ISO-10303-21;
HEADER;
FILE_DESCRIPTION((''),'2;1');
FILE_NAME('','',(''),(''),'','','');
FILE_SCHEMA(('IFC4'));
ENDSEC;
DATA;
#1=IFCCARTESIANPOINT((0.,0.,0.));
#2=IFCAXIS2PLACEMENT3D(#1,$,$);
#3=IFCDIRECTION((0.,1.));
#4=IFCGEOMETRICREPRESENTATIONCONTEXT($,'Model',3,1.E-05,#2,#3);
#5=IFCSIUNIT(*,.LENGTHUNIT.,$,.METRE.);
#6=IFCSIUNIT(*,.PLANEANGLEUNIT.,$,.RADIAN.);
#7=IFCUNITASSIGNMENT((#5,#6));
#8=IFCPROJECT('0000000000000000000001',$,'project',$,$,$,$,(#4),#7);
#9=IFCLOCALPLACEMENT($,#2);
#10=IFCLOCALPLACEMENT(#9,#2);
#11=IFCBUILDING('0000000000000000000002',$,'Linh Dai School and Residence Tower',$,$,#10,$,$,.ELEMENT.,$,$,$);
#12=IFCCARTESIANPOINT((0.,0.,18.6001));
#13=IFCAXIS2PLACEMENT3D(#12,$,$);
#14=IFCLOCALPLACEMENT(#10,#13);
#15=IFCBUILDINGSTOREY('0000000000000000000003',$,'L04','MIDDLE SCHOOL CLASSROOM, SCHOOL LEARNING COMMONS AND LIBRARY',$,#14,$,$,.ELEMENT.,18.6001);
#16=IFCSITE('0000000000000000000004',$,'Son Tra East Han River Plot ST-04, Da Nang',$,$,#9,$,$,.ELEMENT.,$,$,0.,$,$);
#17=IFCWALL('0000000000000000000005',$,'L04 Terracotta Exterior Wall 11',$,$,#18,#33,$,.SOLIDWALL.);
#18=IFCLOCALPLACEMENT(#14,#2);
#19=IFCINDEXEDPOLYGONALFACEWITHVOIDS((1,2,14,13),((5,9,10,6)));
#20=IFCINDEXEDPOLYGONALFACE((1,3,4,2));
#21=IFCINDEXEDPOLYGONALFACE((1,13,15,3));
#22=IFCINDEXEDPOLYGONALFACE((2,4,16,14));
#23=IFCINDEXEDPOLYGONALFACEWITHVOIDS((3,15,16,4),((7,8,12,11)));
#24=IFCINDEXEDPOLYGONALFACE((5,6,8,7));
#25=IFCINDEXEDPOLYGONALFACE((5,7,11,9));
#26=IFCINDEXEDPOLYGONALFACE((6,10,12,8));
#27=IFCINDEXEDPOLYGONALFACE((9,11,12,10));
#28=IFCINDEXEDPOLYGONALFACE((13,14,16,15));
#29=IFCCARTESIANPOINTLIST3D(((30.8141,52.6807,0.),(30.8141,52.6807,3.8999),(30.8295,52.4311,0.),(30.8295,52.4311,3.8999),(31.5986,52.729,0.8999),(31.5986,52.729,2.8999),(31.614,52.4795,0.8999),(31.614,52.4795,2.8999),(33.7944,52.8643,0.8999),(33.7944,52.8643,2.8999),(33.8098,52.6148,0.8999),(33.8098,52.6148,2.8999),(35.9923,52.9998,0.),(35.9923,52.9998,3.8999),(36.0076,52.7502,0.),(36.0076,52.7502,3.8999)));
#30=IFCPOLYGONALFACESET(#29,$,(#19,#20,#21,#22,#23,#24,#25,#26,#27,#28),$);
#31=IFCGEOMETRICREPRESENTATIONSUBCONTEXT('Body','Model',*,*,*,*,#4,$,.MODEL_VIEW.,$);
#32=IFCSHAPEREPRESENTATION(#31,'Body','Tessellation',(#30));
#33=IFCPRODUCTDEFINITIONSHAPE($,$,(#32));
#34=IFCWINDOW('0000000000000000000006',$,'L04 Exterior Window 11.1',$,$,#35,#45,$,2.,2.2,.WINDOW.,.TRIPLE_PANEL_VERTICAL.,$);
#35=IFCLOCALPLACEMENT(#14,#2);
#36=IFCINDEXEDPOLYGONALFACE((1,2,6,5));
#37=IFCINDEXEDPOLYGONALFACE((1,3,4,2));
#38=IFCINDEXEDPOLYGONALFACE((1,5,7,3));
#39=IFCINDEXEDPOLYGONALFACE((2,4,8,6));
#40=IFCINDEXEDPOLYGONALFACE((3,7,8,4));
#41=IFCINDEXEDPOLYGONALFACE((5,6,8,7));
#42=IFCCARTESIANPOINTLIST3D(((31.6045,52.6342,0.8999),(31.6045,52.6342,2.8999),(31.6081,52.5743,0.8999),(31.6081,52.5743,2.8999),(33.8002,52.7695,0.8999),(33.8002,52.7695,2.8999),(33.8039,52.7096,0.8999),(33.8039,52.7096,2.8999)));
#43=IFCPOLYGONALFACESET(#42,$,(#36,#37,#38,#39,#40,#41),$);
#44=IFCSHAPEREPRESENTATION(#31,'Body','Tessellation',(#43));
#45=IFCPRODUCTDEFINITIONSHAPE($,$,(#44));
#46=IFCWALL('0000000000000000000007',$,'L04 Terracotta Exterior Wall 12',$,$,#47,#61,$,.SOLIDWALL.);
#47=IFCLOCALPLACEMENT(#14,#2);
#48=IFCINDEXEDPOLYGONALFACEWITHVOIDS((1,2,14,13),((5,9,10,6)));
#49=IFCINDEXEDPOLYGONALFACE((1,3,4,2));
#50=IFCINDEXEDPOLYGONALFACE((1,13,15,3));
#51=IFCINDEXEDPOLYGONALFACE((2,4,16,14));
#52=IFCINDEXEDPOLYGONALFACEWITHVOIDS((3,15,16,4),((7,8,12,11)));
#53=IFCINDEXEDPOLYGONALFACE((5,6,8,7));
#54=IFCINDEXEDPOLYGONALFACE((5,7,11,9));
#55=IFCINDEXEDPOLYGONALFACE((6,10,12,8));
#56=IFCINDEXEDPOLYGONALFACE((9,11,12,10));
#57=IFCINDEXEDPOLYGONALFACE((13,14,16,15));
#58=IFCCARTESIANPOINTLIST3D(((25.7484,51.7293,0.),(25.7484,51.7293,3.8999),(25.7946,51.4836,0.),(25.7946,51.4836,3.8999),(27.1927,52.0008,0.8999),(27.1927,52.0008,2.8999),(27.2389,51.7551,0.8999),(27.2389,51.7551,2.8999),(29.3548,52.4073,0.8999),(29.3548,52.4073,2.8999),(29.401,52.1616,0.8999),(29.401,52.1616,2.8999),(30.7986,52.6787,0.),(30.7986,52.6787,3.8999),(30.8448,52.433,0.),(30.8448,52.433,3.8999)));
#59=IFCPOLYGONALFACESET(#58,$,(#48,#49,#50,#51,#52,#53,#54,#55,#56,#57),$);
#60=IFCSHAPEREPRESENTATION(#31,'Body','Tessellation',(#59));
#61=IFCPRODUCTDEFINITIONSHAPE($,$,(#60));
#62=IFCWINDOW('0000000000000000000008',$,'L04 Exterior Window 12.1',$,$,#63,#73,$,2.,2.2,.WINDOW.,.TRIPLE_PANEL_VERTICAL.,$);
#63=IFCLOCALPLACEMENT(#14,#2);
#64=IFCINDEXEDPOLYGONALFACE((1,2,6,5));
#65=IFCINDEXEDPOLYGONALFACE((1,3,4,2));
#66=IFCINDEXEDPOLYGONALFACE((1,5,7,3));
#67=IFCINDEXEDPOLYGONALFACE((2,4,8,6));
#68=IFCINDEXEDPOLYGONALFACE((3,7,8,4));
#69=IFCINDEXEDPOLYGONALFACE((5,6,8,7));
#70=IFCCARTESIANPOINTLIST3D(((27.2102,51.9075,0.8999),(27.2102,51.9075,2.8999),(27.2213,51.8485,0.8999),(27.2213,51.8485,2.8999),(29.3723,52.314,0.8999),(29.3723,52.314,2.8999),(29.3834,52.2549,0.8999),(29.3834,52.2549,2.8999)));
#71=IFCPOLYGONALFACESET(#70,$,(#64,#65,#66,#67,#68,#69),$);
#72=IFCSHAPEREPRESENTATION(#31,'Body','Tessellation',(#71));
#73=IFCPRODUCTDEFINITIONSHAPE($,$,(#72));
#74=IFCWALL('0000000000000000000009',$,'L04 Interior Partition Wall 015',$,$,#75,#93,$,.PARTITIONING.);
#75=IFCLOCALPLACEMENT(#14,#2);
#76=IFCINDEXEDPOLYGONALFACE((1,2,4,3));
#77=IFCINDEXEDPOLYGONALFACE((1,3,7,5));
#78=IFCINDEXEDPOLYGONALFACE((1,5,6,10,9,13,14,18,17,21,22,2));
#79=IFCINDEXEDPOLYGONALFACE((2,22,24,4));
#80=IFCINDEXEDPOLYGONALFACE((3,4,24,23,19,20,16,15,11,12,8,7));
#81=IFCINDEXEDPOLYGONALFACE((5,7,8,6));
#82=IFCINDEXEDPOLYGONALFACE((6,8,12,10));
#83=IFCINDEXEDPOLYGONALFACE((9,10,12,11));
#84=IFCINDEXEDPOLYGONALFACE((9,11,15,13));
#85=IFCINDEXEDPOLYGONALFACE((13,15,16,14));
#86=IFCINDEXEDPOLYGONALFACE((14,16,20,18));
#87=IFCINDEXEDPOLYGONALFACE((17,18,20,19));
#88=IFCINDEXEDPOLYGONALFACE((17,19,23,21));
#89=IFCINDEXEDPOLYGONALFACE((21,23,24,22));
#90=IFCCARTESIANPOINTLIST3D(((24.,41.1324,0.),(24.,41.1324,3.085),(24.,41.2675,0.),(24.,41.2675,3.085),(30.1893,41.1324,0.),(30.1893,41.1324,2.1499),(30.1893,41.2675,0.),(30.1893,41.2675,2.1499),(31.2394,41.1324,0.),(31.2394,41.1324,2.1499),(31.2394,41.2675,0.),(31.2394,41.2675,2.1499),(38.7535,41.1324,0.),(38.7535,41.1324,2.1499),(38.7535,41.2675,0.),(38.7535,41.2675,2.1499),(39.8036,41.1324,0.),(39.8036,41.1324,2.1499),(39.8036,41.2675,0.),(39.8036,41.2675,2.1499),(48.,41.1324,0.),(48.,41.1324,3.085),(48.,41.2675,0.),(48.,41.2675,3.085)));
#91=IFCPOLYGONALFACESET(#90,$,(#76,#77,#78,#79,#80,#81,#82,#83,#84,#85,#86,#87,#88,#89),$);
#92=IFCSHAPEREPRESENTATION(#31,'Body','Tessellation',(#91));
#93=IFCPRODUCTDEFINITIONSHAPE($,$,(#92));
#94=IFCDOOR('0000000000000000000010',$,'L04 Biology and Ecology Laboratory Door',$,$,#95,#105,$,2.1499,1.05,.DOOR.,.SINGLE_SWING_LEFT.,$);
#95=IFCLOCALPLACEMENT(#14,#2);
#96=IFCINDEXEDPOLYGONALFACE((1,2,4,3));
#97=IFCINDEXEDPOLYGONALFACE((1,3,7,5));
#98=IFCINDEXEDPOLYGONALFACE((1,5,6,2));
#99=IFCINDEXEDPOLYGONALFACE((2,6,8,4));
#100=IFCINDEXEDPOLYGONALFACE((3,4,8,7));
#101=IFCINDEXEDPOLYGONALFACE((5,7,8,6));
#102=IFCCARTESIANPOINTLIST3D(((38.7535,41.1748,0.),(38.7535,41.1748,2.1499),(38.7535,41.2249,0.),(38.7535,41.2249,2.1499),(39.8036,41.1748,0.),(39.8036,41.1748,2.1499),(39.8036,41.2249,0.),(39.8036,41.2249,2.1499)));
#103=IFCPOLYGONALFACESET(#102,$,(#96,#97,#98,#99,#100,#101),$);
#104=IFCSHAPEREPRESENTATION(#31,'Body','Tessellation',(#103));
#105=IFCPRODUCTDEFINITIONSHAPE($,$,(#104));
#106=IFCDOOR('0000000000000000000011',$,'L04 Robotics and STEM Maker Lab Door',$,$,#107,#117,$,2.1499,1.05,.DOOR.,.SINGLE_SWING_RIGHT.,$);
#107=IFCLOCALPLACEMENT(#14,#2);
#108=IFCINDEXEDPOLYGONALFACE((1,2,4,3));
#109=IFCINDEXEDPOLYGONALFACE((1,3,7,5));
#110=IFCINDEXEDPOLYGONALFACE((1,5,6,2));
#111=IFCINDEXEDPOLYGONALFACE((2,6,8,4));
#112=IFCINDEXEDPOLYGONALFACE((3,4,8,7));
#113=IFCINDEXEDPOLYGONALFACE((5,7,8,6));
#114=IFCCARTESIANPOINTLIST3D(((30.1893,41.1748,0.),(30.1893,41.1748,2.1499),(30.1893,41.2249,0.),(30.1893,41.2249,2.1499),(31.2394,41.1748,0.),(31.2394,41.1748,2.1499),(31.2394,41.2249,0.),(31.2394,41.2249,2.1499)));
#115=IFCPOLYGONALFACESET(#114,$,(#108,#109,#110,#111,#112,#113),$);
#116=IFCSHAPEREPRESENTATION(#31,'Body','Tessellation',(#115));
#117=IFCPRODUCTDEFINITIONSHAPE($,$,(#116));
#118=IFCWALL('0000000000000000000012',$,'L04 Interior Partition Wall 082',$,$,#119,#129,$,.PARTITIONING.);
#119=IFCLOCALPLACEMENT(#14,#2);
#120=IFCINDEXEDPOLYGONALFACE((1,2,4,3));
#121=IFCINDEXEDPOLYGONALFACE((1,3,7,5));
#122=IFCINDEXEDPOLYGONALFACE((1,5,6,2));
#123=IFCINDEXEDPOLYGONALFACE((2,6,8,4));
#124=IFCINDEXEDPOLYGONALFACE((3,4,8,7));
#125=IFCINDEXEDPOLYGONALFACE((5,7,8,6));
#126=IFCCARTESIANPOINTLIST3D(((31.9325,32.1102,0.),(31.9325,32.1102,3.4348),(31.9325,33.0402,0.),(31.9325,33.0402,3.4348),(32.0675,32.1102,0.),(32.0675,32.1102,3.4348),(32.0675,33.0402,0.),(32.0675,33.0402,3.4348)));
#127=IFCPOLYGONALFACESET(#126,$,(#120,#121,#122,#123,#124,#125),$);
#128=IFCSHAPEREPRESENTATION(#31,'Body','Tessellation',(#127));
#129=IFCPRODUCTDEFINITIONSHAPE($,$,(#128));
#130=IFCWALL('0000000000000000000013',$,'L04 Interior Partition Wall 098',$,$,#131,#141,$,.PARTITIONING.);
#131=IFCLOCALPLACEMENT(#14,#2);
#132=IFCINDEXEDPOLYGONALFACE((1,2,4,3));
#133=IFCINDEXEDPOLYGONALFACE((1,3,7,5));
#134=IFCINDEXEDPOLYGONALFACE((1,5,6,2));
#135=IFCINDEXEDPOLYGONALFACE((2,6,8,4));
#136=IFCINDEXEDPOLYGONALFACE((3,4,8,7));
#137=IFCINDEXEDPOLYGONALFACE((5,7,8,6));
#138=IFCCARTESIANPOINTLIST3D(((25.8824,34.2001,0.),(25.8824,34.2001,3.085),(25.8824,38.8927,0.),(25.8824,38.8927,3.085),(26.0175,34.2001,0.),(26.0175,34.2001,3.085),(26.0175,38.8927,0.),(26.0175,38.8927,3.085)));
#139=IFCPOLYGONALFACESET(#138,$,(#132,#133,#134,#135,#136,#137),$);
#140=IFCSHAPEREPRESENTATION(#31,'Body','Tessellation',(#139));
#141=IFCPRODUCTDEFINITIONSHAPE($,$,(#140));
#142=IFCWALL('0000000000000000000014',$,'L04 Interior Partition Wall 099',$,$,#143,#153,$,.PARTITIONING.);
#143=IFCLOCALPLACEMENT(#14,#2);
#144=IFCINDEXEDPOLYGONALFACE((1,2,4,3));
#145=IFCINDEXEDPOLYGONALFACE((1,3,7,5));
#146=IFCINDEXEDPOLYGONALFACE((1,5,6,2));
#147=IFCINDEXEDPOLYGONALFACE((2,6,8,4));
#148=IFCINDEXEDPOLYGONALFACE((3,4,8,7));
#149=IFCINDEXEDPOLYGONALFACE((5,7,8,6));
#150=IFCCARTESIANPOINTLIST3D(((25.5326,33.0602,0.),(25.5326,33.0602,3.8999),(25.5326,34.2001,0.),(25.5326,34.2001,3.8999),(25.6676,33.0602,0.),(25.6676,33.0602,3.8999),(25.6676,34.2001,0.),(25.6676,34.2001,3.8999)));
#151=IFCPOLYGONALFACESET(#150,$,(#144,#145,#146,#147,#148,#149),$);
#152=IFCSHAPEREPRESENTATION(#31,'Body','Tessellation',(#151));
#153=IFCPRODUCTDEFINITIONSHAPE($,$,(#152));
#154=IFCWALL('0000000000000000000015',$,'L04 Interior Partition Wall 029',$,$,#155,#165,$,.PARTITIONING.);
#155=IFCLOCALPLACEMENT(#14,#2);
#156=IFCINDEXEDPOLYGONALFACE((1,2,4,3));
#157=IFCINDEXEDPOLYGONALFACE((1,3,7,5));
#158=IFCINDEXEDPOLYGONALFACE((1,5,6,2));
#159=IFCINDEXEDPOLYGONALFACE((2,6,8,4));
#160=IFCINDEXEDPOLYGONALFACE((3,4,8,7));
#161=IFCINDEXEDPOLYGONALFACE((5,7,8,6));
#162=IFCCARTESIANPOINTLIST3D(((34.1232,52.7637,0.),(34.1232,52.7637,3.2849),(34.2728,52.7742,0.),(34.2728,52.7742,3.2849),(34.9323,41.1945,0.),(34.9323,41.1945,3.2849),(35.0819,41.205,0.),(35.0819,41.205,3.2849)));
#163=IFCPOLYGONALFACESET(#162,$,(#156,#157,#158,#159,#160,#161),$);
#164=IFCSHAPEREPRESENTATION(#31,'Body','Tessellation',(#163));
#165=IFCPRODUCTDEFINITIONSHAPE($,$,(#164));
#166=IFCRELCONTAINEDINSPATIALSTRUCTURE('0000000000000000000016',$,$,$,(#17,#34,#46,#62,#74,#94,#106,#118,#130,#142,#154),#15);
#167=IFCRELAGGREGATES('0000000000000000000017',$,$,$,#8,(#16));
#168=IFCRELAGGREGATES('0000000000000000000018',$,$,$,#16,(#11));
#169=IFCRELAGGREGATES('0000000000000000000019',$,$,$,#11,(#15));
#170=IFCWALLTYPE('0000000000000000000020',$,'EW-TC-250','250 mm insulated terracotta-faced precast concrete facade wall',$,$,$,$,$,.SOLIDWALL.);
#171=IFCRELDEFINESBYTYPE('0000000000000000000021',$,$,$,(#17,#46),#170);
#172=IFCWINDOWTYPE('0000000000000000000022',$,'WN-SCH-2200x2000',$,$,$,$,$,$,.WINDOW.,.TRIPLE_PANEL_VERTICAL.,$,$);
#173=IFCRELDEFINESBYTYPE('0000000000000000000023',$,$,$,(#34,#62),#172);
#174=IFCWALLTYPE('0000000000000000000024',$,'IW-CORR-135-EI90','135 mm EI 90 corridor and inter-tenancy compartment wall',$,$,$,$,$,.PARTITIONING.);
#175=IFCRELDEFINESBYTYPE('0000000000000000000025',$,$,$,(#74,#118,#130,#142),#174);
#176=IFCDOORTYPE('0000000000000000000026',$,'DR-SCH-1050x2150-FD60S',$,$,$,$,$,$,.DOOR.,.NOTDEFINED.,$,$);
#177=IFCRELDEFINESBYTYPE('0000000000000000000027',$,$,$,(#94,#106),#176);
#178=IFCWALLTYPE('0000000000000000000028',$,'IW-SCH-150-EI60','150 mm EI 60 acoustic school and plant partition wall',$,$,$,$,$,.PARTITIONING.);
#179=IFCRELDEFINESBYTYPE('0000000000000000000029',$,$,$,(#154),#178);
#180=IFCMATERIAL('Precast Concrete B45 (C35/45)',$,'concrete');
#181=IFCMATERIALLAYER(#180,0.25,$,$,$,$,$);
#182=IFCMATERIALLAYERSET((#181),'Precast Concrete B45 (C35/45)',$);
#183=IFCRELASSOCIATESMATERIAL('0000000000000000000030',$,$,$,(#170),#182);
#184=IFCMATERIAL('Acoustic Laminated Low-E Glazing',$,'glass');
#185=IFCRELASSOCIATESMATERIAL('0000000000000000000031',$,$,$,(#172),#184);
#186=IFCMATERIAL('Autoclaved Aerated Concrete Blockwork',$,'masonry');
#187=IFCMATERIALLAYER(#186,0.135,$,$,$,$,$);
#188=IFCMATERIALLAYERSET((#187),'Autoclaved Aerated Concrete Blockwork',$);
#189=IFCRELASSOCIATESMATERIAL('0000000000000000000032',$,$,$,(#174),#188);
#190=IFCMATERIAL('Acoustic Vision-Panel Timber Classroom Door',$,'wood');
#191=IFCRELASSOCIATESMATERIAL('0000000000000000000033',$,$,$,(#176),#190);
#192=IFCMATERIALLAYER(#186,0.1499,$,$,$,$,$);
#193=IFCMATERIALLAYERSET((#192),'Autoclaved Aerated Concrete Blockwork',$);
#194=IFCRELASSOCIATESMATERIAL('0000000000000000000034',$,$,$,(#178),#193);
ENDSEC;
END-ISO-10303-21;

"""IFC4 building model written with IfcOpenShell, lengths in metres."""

from ifc_helpers import new_model, si_unit, direction, frame, frame_2d, origin, origin_2d, place, context, subcontext, project, spatial, rectangle, extrude, source, transform, mapped, material, layer, layer_set, type_object, element, fill, save


model = new_model("IFC4")

# Units and contexts
model_context = context("Model", 3, precision=1e-05, world=origin(), true_north=direction((0.0, 1.0)))
body_context = subcontext(model_context, "Body", "Model", "MODEL_VIEW")
ifc_project = project(units=[si_unit("LENGTHUNIT", "METRE"), si_unit("PLANEANGLEUNIT", "RADIAN")], contexts=[model_context])

# Site, building, storey
site_placement = place(None, origin())
site = spatial("IfcSite", under=ifc_project, at=site_placement, Name="Son Tra East Han River Plot ST-04, Da Nang", CompositionType="ELEMENT", RefElevation=0.0)
building_placement = place(site_placement, origin())
building = spatial("IfcBuilding", under=site, at=building_placement, Name="Linh Dai School and Residence Tower", CompositionType="ELEMENT")
storey_placement = place(building_placement, frame((0.0, 0.0, 18.6001)))
storey = spatial("IfcBuildingStorey", under=building, at=storey_placement, Name="L04", Description="MIDDLE SCHOOL CLASSROOM, SCHOOL LEARNING COMMONS AND LIBRARY", CompositionType="ELEMENT", Elevation=18.6001)

# Walls, openings, windows
ifc_material_1 = material(Name="Precast Concrete B45 (C35/45)", Category="concrete")
ifc_layer_1 = layer(ifc_material_1, 0.25)
ifc_layer_set_1 = layer_set([ifc_layer_1], Name="Precast Concrete B45 (C35/45)")
wall_type_1 = type_object("IfcWallType", Name="EW-TC-250", Description="250 mm insulated terracotta-faced precast concrete facade wall", PredefinedType="SOLIDWALL", material=ifc_layer_set_1)
wall_1_placement = place(storey_placement, frame((30.8218, 52.5559, 0.0), z_axis=(0.0, 0.0, 1.0), x_axis=(0.998107, 0.061505, 0.0)))
wall_1 = element("IfcWall", 1, at=wall_1_placement, inside=storey, type_object=wall_type_1, Name="L04 Terracotta Exterior Wall 11", PredefinedType="SOLIDWALL", context=body_context, shape_type="SweptSolid", body=[
    extrude(rectangle(XDim=5.188, YDim=0.25, at=frame_2d((2.594, 0.0))), origin(), (0.0, 0.0, 1.0), 3.8999),
])
opening_1_placement = place(wall_1_placement, frame((0.7859, 0.0, 0.8999)))
opening_1 = element("IfcOpeningElement", 2, at=opening_1_placement, cuts=wall_1, PredefinedType="OPENING", context=body_context, shape_type="SweptSolid", body=[
    extrude(rectangle(XDim=2.2, YDim=2.0, at=origin_2d()), frame((1.1001, 0.135, 1.0), z_axis=(0.0, -1.0, 0.0), x_axis=(1.0, 0.0, 0.0)), (0.0, 0.0, 1.0), 0.27),
])
ifc_material_2 = material(Name="Acoustic Laminated Low-E Glazing", Category="glass")
window_type = type_object("IfcWindowType", Name="WN-SCH-2200x2000", PartitioningType="TRIPLE_PANEL_VERTICAL", PredefinedType="WINDOW", material=ifc_material_2)
shared_shape_1 = source(origin(), body_context, "Body", "SweptSolid", [
    extrude(rectangle(XDim=2.2, YDim=2.0, at=origin_2d()), frame((1.1001, 0.03, 1.0), z_axis=(0.0, -1.0, 0.0), x_axis=(1.0, 0.0, 0.0)), (0.0, 0.0, 1.0), 0.0601),
])
window_1_placement = place(opening_1_placement, origin())
window_1 = element("IfcWindow", 3, at=window_1_placement, inside=storey, type_object=window_type, Name="L04 Exterior Window 11.1", OverallHeight=2.0, OverallWidth=2.2, PartitioningType="TRIPLE_PANEL_VERTICAL", PredefinedType="WINDOW", context=body_context, shape_type="MappedRepresentation", body=[
    mapped(shared_shape_1, transform((0.0, 0.0, 0.0), x_axis=(1.0, 0.0, 0.0), y_axis=(0.0, 1.0, 0.0), z_axis=(0.0, 0.0, 1.0), scale=1.0)),
])
fill(opening_1, window_1)
wall_2_placement = place(storey_placement, frame((25.7715, 51.6064, 0.0), z_axis=(0.0, 0.0, 1.0), x_axis=(0.982783, 0.184765, 0.0)))
wall_2 = element("IfcWall", 4, at=wall_2_placement, inside=storey, type_object=wall_type_1, Name="L04 Terracotta Exterior Wall 12", PredefinedType="SOLIDWALL", context=body_context, shape_type="SweptSolid", body=[
    extrude(rectangle(XDim=5.1387, YDim=0.25, at=frame_2d((2.5693, 0.0))), origin(), (0.0, 0.0, 1.0), 3.8999),
])
opening_2_placement = place(wall_2_placement, frame((1.4695, 0.0, 0.8999)))
opening_2 = element("IfcOpeningElement", 5, at=opening_2_placement, cuts=wall_2, PredefinedType="OPENING", context=body_context, shape_type="SweptSolid", body=[
    extrude(rectangle(XDim=2.2, YDim=2.0, at=origin_2d()), frame((1.1001, 0.135, 1.0), z_axis=(0.0, -1.0, 0.0), x_axis=(1.0, 0.0, 0.0)), (0.0, 0.0, 1.0), 0.27),
])
window_2_placement = place(opening_2_placement, origin())
window_2 = element("IfcWindow", 6, at=window_2_placement, inside=storey, type_object=window_type, Name="L04 Exterior Window 12.1", OverallHeight=2.0, OverallWidth=2.2, PartitioningType="TRIPLE_PANEL_VERTICAL", PredefinedType="WINDOW", context=body_context, shape_type="MappedRepresentation", body=[
    mapped(shared_shape_1, transform((0.0, 0.0, 0.0), x_axis=(1.0, 0.0, 0.0), y_axis=(0.0, 1.0, 0.0), z_axis=(0.0, 0.0, 1.0), scale=1.0)),
])
fill(opening_2, window_2)

# Wall, openings, doors
ifc_material_3 = material(Name="Autoclaved Aerated Concrete Blockwork", Category="masonry")
ifc_layer_2 = layer(ifc_material_3, 0.135)
ifc_layer_set_2 = layer_set([ifc_layer_2], Name="Autoclaved Aerated Concrete Blockwork")
wall_type_2 = type_object("IfcWallType", Name="IW-CORR-135-EI90", Description="135 mm EI 90 corridor and inter-tenancy compartment wall", PredefinedType="PARTITIONING", material=ifc_layer_set_2)
ifc_material_4 = material(Name="Acoustic Vision-Panel Timber Classroom Door", Category="wood")
door_type = type_object("IfcDoorType", Name="DR-SCH-1050x2150-FD60S", OperationType="NOTDEFINED", PredefinedType="DOOR", material=ifc_material_4)
shared_shape_2 = source(origin(), body_context, "Body", "SweptSolid", [
    extrude(rectangle(XDim=1.05, YDim=2.1499, at=origin_2d()), frame((0.5249, 0.0249, 1.075), z_axis=(0.0, -1.0, 0.0), x_axis=(1.0, 0.0, 0.0)), (0.0, 0.0, 1.0), 0.05),
])
wall_3_placement = place(storey_placement, frame((24.0, 41.2, 0.0), z_axis=(0.0, 0.0, 1.0), x_axis=(1.0, 0.0, 0.0)))
wall_3 = element("IfcWall", 7, at=wall_3_placement, inside=storey, type_object=wall_type_2, Name="L04 Interior Partition Wall 015", PredefinedType="PARTITIONING", context=body_context, shape_type="SweptSolid", body=[
    extrude(rectangle(XDim=24.0, YDim=0.135, at=frame_2d((12.0, 0.0))), origin(), (0.0, 0.0, 1.0), 3.085),
])
opening_3_placement = place(wall_3_placement, frame((14.7537, 0.0, 0.0)))
opening_3 = element("IfcOpeningElement", 8, at=opening_3_placement, cuts=wall_3, PredefinedType="OPENING", context=body_context, shape_type="SweptSolid", body=[
    extrude(rectangle(XDim=1.05, YDim=2.1499, at=origin_2d()), frame((0.5249, 0.0776, 1.075), z_axis=(0.0, -1.0, 0.0), x_axis=(1.0, 0.0, 0.0)), (0.0, 0.0, 1.0), 0.155),
])
opening_4_placement = place(wall_3_placement, frame((6.1895, 0.0, 0.0)))
opening_4 = element("IfcOpeningElement", 9, at=opening_4_placement, cuts=wall_3, PredefinedType="OPENING", context=body_context, shape_type="SweptSolid", body=[
    extrude(rectangle(XDim=1.05, YDim=2.1499, at=origin_2d()), frame((0.5249, 0.0776, 1.075), z_axis=(0.0, -1.0, 0.0), x_axis=(1.0, 0.0, 0.0)), (0.0, 0.0, 1.0), 0.155),
])
door_1_placement = place(opening_3_placement, origin())
door_1 = element("IfcDoor", 10, at=door_1_placement, inside=storey, type_object=door_type, Name="L04 Biology and Ecology Laboratory Door", OperationType="SINGLE_SWING_LEFT", OverallHeight=2.1499, OverallWidth=1.05, PredefinedType="DOOR", context=body_context, shape_type="MappedRepresentation", body=[
    mapped(shared_shape_2, transform((0.0, 0.0, 0.0), x_axis=(1.0, 0.0, 0.0), y_axis=(0.0, 1.0, 0.0), z_axis=(0.0, 0.0, 1.0), scale=1.0)),
])
fill(opening_3, door_1)
door_2_placement = place(opening_4_placement, origin())
door_2 = element("IfcDoor", 11, at=door_2_placement, inside=storey, type_object=door_type, Name="L04 Robotics and STEM Maker Lab Door", OperationType="SINGLE_SWING_RIGHT", OverallHeight=2.1499, OverallWidth=1.05, PredefinedType="DOOR", context=body_context, shape_type="MappedRepresentation", body=[
    mapped(shared_shape_2, transform((0.0, 0.0, 0.0), x_axis=(1.0, 0.0, 0.0), y_axis=(0.0, 1.0, 0.0), z_axis=(0.0, 0.0, 1.0), scale=1.0)),
])
fill(opening_4, door_2)

# Walls
wall_4_placement = place(storey_placement, frame((32.0, 33.04, 0.0), z_axis=(0.0, 0.0, 1.0), x_axis=(0.0, -1.0, 0.0)))
element("IfcWall", 12, at=wall_4_placement, inside=storey, type_object=wall_type_2, Name="L04 Interior Partition Wall 082", PredefinedType="PARTITIONING", context=body_context, shape_type="SweptSolid", body=[
    extrude(rectangle(XDim=0.9299, YDim=0.135, at=frame_2d((0.4648, 0.0))), origin(), (0.0, 0.0, 1.0), 3.4348),
])
wall_5_placement = place(storey_placement, frame((25.95, 38.8926, 0.0), z_axis=(0.0, 0.0, 1.0), x_axis=(0.0, -1.0, 0.0)))
element("IfcWall", 13, at=wall_5_placement, inside=storey, type_object=wall_type_2, Name="L04 Interior Partition Wall 098", PredefinedType="PARTITIONING", context=body_context, shape_type="SweptSolid", body=[
    extrude(rectangle(XDim=4.6926, YDim=0.135, at=frame_2d((2.3462, 0.0))), origin(), (0.0, 0.0, 1.0), 3.085),
])
wall_6_placement = place(storey_placement, frame((25.6001, 34.2, 0.0), z_axis=(0.0, 0.0, 1.0), x_axis=(0.0, -1.0, 0.0)))
element("IfcWall", 14, at=wall_6_placement, inside=storey, type_object=wall_type_2, Name="L04 Interior Partition Wall 099", PredefinedType="PARTITIONING", context=body_context, shape_type="SweptSolid", body=[
    extrude(rectangle(XDim=1.1399, YDim=0.135, at=frame_2d((0.5698, 0.0))), origin(), (0.0, 0.0, 1.0), 3.8999),
])
ifc_layer_3 = layer(ifc_material_3, 0.1499)
ifc_layer_set_3 = layer_set([ifc_layer_3], Name="Autoclaved Aerated Concrete Blockwork")
wall_type_3 = type_object("IfcWallType", Name="IW-SCH-150-EI60", Description="150 mm EI 60 acoustic school and plant partition wall", PredefinedType="PARTITIONING", material=ifc_layer_set_3)
wall_7_placement = place(storey_placement, frame((34.198, 52.769, 0.0), z_axis=(0.0, 0.0, 1.0), x_axis=(0.069764, -0.997563, 0.0)))
element("IfcWall", 15, at=wall_7_placement, inside=storey, type_object=wall_type_3, Name="L04 Interior Partition Wall 029", PredefinedType="PARTITIONING", context=body_context, shape_type="SweptSolid", body=[
    extrude(rectangle(XDim=11.5974, YDim=0.1499, at=frame_2d((5.7988, 0.0))), origin(), (0.0, 0.0, 1.0), 3.2849),
])

save(model, "model.ifc")
